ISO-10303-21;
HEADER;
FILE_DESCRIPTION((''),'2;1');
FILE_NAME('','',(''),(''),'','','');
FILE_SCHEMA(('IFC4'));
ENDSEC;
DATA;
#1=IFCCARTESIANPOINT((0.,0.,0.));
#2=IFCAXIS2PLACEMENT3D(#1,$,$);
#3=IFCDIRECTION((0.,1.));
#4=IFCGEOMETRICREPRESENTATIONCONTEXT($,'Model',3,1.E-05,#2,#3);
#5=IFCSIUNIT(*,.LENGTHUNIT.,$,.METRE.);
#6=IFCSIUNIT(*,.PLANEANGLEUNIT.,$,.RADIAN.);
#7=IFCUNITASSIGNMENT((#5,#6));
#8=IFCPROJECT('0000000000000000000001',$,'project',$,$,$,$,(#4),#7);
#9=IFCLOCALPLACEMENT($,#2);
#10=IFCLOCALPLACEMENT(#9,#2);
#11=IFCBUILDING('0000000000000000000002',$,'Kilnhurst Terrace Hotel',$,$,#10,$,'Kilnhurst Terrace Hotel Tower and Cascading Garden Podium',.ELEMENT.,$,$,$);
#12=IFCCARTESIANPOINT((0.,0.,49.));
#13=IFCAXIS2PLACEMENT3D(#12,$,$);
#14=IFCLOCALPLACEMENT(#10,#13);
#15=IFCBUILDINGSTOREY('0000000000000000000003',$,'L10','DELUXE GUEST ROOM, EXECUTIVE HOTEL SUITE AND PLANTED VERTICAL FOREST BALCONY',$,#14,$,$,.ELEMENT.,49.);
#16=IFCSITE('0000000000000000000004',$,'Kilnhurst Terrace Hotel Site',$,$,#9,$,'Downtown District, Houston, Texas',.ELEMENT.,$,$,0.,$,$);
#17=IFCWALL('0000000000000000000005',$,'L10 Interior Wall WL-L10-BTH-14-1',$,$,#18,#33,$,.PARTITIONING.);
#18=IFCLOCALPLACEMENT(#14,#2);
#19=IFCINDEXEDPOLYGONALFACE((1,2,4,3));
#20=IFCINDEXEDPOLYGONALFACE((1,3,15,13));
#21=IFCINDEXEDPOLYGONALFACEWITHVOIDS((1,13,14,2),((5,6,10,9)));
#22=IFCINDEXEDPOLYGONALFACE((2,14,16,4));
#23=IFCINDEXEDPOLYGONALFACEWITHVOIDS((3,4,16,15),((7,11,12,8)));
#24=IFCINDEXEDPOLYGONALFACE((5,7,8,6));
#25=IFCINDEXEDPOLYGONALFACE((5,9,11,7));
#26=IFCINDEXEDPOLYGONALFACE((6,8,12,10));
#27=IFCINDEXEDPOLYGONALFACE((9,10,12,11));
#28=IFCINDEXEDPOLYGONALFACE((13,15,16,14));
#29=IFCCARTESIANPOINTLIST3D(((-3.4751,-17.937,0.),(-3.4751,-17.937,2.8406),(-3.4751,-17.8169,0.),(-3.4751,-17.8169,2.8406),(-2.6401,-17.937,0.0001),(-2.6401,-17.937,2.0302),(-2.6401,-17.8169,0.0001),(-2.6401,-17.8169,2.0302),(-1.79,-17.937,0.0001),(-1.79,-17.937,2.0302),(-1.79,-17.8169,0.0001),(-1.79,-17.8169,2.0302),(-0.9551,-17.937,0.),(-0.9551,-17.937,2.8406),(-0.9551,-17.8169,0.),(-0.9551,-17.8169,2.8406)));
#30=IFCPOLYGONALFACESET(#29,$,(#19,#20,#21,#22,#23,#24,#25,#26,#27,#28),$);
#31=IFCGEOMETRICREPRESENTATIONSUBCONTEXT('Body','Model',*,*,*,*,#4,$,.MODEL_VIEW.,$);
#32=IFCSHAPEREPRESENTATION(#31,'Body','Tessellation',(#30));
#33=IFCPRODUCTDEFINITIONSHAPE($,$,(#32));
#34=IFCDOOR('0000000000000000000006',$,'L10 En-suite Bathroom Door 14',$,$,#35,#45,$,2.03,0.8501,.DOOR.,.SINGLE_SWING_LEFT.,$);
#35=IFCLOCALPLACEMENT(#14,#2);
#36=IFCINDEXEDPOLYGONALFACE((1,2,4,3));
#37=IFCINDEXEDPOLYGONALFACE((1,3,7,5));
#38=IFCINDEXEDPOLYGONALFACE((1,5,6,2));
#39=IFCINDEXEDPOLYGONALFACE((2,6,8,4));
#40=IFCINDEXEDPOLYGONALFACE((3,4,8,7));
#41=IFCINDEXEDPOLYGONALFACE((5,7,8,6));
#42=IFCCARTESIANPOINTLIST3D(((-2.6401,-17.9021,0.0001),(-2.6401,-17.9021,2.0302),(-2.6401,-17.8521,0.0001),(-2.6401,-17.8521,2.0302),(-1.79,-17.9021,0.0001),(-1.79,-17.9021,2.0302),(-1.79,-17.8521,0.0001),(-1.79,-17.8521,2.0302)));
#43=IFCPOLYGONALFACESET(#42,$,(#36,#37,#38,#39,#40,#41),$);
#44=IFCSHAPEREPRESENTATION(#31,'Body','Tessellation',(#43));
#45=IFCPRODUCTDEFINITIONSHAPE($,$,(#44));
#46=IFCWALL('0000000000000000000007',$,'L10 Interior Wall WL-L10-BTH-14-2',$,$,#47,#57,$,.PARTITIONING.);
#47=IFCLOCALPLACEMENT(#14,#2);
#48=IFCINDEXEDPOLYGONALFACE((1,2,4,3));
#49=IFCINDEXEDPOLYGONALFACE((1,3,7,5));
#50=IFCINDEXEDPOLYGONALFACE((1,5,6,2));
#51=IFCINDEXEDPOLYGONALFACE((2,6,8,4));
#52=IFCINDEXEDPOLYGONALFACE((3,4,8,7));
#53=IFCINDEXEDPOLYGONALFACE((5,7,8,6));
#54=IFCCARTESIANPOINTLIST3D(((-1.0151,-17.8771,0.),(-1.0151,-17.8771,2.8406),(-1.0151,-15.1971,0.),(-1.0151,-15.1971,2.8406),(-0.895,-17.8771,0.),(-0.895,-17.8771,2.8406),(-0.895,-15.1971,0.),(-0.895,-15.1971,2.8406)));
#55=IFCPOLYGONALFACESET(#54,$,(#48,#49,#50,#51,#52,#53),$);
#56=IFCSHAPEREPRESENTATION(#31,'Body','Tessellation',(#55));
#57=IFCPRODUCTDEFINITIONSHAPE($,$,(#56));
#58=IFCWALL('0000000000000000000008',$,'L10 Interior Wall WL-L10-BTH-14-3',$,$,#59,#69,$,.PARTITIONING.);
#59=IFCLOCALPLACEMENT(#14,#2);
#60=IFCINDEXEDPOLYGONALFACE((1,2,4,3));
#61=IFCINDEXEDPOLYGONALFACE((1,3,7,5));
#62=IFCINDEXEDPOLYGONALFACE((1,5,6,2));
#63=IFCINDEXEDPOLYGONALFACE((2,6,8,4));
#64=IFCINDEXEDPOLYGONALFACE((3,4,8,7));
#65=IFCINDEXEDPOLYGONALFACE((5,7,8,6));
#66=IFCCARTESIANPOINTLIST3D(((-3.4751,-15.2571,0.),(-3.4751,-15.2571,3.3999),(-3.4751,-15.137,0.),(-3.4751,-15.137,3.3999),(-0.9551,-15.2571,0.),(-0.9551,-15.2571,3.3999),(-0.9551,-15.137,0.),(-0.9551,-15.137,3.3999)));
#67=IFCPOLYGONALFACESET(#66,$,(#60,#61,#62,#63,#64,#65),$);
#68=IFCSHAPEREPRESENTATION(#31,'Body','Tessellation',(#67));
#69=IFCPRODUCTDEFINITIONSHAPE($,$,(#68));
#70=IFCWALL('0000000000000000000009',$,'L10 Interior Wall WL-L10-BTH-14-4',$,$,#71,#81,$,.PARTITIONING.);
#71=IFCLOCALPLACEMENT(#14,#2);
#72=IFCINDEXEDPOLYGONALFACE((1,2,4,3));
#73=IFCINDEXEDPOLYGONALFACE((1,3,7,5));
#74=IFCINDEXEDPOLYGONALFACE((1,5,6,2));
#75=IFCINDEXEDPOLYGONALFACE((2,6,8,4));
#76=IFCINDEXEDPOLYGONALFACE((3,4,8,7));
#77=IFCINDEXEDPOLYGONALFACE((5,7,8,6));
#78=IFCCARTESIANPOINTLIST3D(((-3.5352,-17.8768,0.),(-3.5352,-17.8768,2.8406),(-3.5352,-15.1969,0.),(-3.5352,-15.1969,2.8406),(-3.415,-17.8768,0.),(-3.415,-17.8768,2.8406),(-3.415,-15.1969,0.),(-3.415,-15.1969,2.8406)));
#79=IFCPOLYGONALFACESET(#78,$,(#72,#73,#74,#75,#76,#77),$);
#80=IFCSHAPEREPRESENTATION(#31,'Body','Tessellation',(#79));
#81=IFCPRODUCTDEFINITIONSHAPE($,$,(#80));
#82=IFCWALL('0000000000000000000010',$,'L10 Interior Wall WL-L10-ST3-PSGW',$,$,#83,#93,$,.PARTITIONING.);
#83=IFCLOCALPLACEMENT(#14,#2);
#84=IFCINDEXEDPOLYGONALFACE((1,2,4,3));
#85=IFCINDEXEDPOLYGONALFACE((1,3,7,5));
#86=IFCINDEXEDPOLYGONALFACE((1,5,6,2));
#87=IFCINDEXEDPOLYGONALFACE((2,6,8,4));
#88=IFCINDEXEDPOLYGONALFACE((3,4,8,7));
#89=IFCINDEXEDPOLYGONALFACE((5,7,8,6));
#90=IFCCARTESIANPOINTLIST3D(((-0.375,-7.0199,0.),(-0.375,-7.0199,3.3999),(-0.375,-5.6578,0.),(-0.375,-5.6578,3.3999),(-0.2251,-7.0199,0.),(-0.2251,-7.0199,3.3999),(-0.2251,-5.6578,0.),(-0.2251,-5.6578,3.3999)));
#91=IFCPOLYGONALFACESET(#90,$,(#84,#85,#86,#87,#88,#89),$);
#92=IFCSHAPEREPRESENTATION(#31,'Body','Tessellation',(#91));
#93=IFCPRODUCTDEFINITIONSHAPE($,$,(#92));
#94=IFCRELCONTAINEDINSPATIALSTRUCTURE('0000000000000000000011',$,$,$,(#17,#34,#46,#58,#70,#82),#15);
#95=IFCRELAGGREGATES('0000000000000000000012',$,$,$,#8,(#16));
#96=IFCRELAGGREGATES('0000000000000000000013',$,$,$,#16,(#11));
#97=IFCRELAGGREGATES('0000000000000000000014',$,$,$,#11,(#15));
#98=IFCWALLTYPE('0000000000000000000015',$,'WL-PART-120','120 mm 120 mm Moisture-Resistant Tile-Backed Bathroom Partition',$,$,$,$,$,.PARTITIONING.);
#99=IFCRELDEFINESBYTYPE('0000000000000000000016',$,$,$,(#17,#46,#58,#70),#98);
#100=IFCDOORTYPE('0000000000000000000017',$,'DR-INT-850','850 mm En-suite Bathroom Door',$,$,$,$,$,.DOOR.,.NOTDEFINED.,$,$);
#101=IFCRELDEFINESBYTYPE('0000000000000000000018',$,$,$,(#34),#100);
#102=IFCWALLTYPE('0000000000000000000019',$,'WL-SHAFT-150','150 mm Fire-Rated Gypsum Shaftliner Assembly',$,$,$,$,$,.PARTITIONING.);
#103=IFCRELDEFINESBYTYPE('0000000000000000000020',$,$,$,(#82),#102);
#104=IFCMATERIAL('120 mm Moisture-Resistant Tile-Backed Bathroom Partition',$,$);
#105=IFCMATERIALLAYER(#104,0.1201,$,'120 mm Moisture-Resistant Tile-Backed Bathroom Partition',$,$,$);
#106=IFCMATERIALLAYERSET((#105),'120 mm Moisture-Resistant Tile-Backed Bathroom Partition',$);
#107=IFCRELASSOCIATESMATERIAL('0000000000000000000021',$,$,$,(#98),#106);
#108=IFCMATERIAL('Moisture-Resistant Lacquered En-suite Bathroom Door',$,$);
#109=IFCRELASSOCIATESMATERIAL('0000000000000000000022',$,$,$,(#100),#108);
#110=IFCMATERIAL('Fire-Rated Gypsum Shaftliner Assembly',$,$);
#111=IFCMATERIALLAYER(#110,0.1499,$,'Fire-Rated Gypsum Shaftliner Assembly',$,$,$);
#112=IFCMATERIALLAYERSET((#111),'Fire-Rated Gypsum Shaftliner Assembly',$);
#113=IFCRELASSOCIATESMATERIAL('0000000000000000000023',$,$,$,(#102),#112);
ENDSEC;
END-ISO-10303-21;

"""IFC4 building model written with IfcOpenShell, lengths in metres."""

from ifc_helpers import new_model, si_unit, direction, frame, frame_2d, origin, place, context, subcontext, project, spatial, rectangle, extrude, material, layer, layer_set, type_object, element, fill, save


model = new_model("IFC4")

# Units and contexts
model_context = context("Model", 3, precision=1e-05, world=origin(), true_north=direction((0.0, 1.0)))
body_context = subcontext(model_context, "Body", "Model", "MODEL_VIEW")
ifc_project = project(units=[si_unit("LENGTHUNIT", "METRE"), si_unit("PLANEANGLEUNIT", "RADIAN")], contexts=[model_context])

# Site, building, storey
site_placement = place(None, origin())
site = spatial("IfcSite", under=ifc_project, at=site_placement, Name="Kilnhurst Terrace Hotel Site", LongName="Downtown District, Houston, Texas", CompositionType="ELEMENT", RefElevation=0.0)
building_placement = place(site_placement, origin())
building = spatial("IfcBuilding", under=site, at=building_placement, Name="Kilnhurst Terrace Hotel", LongName="Kilnhurst Terrace Hotel Tower and Cascading Garden Podium", CompositionType="ELEMENT")
storey_placement = place(building_placement, frame((0.0, 0.0, 49.0)))
storey = spatial("IfcBuildingStorey", under=building, at=storey_placement, Name="L10", Description="DELUXE GUEST ROOM, EXECUTIVE HOTEL SUITE AND PLANTED VERTICAL FOREST BALCONY", CompositionType="ELEMENT", Elevation=49.0)

# Wall, opening, door
ifc_material_1 = material(Name="120 mm Moisture-Resistant Tile-Backed Bathroom Partition")
ifc_layer_1 = layer(ifc_material_1, 0.1201, Name="120 mm Moisture-Resistant Tile-Backed Bathroom Partition")
ifc_layer_set_1 = layer_set([ifc_layer_1], Name="120 mm Moisture-Resistant Tile-Backed Bathroom Partition")
wall_type_1 = type_object("IfcWallType", Name="WL-PART-120", Description="120 mm 120 mm Moisture-Resistant Tile-Backed Bathroom Partition", PredefinedType="PARTITIONING", material=ifc_layer_set_1)
wall_1_placement = place(storey_placement, frame((-3.4751, -17.877, 0.0), z_axis=(0.0, 0.0, 1.0), x_axis=(1.0, 0.0, 0.0)))
wall_1 = element("IfcWall", 1, at=wall_1_placement, inside=storey, type_object=wall_type_1, Name="L10 Interior Wall WL-L10-BTH-14-1", PredefinedType="PARTITIONING", context=body_context, shape_type="SweptSolid", body=[
    extrude(rectangle(XDim=2.52, YDim=0.1201, at=frame_2d((1.26, 0.0))), origin(), (0.0, 0.0, 1.0), 2.8406),
])
opening_1_placement = place(wall_1_placement, frame((0.835, 0.0, 0.0)))
opening_1 = element("IfcOpeningElement", 2, at=opening_1_placement, cuts=wall_1, PredefinedType="OPENING", context=body_context, shape_type="SweptSolid", body=[
    extrude(rectangle(XDim=0.8501, YDim=2.03, at=frame_2d((0.425, 1.0151))), frame((0.0, 0.0701, 0.0), z_axis=(0.0, -1.0, 0.0), x_axis=(1.0, 0.0, 0.0)), (0.0, 0.0, 1.0), 0.1401),
])
ifc_material_2 = material(Name="Moisture-Resistant Lacquered En-suite Bathroom Door")
door_type_1 = type_object("IfcDoorType", Name="DR-INT-850", Description="850 mm En-suite Bathroom Door", OperationType="NOTDEFINED", PredefinedType="DOOR", material=ifc_material_2)
door_1_placement = place(opening_1_placement, origin())
door_1 = element("IfcDoor", 3, at=door_1_placement, inside=storey, type_object=door_type_1, Name="L10 En-suite Bathroom Door 14", OperationType="SINGLE_SWING_LEFT", OverallHeight=2.03, OverallWidth=0.8501, PredefinedType="DOOR", context=body_context, shape_type="SweptSolid", body=[
    extrude(rectangle(XDim=0.8501, YDim=2.03, at=frame_2d((0.425, 1.0151))), frame((0.0, 0.0249, 0.0), z_axis=(0.0, -1.0, 0.0), x_axis=(1.0, 0.0, 0.0)), (0.0, 0.0, 1.0), 0.05),
])
fill(opening_1, door_1)

# Walls
wall_2_placement = place(storey_placement, frame((-0.9551, -17.877, 0.0), z_axis=(0.0, 0.0, 1.0), x_axis=(0.0, 1.0, 0.0)))
element("IfcWall", 4, at=wall_2_placement, inside=storey, type_object=wall_type_1, Name="L10 Interior Wall WL-L10-BTH-14-2", PredefinedType="PARTITIONING", context=body_context, shape_type="SweptSolid", body=[
    extrude(rectangle(XDim=2.6799, YDim=0.1201, at=frame_2d((1.3398, 0.0))), origin(), (0.0, 0.0, 1.0), 2.8406),
])
wall_3_placement = place(storey_placement, frame((-0.9551, -15.197, 0.0), z_axis=(0.0, 0.0, 1.0), x_axis=(-1.0, 0.0, 0.0)))
element("IfcWall", 5, at=wall_3_placement, inside=storey, type_object=wall_type_1, Name="L10 Interior Wall WL-L10-BTH-14-3", PredefinedType="PARTITIONING", context=body_context, shape_type="SweptSolid", body=[
    extrude(rectangle(XDim=2.52, YDim=0.1201, at=frame_2d((1.26, 0.0))), origin(), (0.0, 0.0, 1.0), 3.3999),
])
wall_4_placement = place(storey_placement, frame((-3.4751, -15.197, 0.0), z_axis=(0.0, 0.0, 1.0), x_axis=(0.0, -1.0, 0.0)))
element("IfcWall", 6, at=wall_4_placement, inside=storey, type_object=wall_type_1, Name="L10 Interior Wall WL-L10-BTH-14-4", PredefinedType="PARTITIONING", context=body_context, shape_type="SweptSolid", body=[
    extrude(rectangle(XDim=2.6799, YDim=0.1201, at=frame_2d((1.3398, 0.0))), origin(), (0.0, 0.0, 1.0), 2.8406),
])
ifc_material_3 = material(Name="Fire-Rated Gypsum Shaftliner Assembly")
ifc_layer_2 = layer(ifc_material_3, 0.1499, Name="Fire-Rated Gypsum Shaftliner Assembly")
ifc_layer_set_2 = layer_set([ifc_layer_2], Name="Fire-Rated Gypsum Shaftliner Assembly")
wall_type_2 = type_object("IfcWallType", Name="WL-SHAFT-150", Description="150 mm Fire-Rated Gypsum Shaftliner Assembly", PredefinedType="PARTITIONING", material=ifc_layer_set_2)
wall_5_placement = place(storey_placement, frame((-0.3, -7.02, 0.0), z_axis=(0.0, 0.0, 1.0), x_axis=(0.0, 1.0, 0.0)))
element("IfcWall", 7, at=wall_5_placement, inside=storey, type_object=wall_type_2, Name="L10 Interior Wall WL-L10-ST3-PSGW", PredefinedType="PARTITIONING", context=body_context, shape_type="SweptSolid", body=[
    extrude(rectangle(XDim=1.3621, YDim=0.1499, at=frame_2d((0.6812, 0.0))), origin(), (0.0, 0.0, 1.0), 3.3999),
])

save(model, "model.ifc")
